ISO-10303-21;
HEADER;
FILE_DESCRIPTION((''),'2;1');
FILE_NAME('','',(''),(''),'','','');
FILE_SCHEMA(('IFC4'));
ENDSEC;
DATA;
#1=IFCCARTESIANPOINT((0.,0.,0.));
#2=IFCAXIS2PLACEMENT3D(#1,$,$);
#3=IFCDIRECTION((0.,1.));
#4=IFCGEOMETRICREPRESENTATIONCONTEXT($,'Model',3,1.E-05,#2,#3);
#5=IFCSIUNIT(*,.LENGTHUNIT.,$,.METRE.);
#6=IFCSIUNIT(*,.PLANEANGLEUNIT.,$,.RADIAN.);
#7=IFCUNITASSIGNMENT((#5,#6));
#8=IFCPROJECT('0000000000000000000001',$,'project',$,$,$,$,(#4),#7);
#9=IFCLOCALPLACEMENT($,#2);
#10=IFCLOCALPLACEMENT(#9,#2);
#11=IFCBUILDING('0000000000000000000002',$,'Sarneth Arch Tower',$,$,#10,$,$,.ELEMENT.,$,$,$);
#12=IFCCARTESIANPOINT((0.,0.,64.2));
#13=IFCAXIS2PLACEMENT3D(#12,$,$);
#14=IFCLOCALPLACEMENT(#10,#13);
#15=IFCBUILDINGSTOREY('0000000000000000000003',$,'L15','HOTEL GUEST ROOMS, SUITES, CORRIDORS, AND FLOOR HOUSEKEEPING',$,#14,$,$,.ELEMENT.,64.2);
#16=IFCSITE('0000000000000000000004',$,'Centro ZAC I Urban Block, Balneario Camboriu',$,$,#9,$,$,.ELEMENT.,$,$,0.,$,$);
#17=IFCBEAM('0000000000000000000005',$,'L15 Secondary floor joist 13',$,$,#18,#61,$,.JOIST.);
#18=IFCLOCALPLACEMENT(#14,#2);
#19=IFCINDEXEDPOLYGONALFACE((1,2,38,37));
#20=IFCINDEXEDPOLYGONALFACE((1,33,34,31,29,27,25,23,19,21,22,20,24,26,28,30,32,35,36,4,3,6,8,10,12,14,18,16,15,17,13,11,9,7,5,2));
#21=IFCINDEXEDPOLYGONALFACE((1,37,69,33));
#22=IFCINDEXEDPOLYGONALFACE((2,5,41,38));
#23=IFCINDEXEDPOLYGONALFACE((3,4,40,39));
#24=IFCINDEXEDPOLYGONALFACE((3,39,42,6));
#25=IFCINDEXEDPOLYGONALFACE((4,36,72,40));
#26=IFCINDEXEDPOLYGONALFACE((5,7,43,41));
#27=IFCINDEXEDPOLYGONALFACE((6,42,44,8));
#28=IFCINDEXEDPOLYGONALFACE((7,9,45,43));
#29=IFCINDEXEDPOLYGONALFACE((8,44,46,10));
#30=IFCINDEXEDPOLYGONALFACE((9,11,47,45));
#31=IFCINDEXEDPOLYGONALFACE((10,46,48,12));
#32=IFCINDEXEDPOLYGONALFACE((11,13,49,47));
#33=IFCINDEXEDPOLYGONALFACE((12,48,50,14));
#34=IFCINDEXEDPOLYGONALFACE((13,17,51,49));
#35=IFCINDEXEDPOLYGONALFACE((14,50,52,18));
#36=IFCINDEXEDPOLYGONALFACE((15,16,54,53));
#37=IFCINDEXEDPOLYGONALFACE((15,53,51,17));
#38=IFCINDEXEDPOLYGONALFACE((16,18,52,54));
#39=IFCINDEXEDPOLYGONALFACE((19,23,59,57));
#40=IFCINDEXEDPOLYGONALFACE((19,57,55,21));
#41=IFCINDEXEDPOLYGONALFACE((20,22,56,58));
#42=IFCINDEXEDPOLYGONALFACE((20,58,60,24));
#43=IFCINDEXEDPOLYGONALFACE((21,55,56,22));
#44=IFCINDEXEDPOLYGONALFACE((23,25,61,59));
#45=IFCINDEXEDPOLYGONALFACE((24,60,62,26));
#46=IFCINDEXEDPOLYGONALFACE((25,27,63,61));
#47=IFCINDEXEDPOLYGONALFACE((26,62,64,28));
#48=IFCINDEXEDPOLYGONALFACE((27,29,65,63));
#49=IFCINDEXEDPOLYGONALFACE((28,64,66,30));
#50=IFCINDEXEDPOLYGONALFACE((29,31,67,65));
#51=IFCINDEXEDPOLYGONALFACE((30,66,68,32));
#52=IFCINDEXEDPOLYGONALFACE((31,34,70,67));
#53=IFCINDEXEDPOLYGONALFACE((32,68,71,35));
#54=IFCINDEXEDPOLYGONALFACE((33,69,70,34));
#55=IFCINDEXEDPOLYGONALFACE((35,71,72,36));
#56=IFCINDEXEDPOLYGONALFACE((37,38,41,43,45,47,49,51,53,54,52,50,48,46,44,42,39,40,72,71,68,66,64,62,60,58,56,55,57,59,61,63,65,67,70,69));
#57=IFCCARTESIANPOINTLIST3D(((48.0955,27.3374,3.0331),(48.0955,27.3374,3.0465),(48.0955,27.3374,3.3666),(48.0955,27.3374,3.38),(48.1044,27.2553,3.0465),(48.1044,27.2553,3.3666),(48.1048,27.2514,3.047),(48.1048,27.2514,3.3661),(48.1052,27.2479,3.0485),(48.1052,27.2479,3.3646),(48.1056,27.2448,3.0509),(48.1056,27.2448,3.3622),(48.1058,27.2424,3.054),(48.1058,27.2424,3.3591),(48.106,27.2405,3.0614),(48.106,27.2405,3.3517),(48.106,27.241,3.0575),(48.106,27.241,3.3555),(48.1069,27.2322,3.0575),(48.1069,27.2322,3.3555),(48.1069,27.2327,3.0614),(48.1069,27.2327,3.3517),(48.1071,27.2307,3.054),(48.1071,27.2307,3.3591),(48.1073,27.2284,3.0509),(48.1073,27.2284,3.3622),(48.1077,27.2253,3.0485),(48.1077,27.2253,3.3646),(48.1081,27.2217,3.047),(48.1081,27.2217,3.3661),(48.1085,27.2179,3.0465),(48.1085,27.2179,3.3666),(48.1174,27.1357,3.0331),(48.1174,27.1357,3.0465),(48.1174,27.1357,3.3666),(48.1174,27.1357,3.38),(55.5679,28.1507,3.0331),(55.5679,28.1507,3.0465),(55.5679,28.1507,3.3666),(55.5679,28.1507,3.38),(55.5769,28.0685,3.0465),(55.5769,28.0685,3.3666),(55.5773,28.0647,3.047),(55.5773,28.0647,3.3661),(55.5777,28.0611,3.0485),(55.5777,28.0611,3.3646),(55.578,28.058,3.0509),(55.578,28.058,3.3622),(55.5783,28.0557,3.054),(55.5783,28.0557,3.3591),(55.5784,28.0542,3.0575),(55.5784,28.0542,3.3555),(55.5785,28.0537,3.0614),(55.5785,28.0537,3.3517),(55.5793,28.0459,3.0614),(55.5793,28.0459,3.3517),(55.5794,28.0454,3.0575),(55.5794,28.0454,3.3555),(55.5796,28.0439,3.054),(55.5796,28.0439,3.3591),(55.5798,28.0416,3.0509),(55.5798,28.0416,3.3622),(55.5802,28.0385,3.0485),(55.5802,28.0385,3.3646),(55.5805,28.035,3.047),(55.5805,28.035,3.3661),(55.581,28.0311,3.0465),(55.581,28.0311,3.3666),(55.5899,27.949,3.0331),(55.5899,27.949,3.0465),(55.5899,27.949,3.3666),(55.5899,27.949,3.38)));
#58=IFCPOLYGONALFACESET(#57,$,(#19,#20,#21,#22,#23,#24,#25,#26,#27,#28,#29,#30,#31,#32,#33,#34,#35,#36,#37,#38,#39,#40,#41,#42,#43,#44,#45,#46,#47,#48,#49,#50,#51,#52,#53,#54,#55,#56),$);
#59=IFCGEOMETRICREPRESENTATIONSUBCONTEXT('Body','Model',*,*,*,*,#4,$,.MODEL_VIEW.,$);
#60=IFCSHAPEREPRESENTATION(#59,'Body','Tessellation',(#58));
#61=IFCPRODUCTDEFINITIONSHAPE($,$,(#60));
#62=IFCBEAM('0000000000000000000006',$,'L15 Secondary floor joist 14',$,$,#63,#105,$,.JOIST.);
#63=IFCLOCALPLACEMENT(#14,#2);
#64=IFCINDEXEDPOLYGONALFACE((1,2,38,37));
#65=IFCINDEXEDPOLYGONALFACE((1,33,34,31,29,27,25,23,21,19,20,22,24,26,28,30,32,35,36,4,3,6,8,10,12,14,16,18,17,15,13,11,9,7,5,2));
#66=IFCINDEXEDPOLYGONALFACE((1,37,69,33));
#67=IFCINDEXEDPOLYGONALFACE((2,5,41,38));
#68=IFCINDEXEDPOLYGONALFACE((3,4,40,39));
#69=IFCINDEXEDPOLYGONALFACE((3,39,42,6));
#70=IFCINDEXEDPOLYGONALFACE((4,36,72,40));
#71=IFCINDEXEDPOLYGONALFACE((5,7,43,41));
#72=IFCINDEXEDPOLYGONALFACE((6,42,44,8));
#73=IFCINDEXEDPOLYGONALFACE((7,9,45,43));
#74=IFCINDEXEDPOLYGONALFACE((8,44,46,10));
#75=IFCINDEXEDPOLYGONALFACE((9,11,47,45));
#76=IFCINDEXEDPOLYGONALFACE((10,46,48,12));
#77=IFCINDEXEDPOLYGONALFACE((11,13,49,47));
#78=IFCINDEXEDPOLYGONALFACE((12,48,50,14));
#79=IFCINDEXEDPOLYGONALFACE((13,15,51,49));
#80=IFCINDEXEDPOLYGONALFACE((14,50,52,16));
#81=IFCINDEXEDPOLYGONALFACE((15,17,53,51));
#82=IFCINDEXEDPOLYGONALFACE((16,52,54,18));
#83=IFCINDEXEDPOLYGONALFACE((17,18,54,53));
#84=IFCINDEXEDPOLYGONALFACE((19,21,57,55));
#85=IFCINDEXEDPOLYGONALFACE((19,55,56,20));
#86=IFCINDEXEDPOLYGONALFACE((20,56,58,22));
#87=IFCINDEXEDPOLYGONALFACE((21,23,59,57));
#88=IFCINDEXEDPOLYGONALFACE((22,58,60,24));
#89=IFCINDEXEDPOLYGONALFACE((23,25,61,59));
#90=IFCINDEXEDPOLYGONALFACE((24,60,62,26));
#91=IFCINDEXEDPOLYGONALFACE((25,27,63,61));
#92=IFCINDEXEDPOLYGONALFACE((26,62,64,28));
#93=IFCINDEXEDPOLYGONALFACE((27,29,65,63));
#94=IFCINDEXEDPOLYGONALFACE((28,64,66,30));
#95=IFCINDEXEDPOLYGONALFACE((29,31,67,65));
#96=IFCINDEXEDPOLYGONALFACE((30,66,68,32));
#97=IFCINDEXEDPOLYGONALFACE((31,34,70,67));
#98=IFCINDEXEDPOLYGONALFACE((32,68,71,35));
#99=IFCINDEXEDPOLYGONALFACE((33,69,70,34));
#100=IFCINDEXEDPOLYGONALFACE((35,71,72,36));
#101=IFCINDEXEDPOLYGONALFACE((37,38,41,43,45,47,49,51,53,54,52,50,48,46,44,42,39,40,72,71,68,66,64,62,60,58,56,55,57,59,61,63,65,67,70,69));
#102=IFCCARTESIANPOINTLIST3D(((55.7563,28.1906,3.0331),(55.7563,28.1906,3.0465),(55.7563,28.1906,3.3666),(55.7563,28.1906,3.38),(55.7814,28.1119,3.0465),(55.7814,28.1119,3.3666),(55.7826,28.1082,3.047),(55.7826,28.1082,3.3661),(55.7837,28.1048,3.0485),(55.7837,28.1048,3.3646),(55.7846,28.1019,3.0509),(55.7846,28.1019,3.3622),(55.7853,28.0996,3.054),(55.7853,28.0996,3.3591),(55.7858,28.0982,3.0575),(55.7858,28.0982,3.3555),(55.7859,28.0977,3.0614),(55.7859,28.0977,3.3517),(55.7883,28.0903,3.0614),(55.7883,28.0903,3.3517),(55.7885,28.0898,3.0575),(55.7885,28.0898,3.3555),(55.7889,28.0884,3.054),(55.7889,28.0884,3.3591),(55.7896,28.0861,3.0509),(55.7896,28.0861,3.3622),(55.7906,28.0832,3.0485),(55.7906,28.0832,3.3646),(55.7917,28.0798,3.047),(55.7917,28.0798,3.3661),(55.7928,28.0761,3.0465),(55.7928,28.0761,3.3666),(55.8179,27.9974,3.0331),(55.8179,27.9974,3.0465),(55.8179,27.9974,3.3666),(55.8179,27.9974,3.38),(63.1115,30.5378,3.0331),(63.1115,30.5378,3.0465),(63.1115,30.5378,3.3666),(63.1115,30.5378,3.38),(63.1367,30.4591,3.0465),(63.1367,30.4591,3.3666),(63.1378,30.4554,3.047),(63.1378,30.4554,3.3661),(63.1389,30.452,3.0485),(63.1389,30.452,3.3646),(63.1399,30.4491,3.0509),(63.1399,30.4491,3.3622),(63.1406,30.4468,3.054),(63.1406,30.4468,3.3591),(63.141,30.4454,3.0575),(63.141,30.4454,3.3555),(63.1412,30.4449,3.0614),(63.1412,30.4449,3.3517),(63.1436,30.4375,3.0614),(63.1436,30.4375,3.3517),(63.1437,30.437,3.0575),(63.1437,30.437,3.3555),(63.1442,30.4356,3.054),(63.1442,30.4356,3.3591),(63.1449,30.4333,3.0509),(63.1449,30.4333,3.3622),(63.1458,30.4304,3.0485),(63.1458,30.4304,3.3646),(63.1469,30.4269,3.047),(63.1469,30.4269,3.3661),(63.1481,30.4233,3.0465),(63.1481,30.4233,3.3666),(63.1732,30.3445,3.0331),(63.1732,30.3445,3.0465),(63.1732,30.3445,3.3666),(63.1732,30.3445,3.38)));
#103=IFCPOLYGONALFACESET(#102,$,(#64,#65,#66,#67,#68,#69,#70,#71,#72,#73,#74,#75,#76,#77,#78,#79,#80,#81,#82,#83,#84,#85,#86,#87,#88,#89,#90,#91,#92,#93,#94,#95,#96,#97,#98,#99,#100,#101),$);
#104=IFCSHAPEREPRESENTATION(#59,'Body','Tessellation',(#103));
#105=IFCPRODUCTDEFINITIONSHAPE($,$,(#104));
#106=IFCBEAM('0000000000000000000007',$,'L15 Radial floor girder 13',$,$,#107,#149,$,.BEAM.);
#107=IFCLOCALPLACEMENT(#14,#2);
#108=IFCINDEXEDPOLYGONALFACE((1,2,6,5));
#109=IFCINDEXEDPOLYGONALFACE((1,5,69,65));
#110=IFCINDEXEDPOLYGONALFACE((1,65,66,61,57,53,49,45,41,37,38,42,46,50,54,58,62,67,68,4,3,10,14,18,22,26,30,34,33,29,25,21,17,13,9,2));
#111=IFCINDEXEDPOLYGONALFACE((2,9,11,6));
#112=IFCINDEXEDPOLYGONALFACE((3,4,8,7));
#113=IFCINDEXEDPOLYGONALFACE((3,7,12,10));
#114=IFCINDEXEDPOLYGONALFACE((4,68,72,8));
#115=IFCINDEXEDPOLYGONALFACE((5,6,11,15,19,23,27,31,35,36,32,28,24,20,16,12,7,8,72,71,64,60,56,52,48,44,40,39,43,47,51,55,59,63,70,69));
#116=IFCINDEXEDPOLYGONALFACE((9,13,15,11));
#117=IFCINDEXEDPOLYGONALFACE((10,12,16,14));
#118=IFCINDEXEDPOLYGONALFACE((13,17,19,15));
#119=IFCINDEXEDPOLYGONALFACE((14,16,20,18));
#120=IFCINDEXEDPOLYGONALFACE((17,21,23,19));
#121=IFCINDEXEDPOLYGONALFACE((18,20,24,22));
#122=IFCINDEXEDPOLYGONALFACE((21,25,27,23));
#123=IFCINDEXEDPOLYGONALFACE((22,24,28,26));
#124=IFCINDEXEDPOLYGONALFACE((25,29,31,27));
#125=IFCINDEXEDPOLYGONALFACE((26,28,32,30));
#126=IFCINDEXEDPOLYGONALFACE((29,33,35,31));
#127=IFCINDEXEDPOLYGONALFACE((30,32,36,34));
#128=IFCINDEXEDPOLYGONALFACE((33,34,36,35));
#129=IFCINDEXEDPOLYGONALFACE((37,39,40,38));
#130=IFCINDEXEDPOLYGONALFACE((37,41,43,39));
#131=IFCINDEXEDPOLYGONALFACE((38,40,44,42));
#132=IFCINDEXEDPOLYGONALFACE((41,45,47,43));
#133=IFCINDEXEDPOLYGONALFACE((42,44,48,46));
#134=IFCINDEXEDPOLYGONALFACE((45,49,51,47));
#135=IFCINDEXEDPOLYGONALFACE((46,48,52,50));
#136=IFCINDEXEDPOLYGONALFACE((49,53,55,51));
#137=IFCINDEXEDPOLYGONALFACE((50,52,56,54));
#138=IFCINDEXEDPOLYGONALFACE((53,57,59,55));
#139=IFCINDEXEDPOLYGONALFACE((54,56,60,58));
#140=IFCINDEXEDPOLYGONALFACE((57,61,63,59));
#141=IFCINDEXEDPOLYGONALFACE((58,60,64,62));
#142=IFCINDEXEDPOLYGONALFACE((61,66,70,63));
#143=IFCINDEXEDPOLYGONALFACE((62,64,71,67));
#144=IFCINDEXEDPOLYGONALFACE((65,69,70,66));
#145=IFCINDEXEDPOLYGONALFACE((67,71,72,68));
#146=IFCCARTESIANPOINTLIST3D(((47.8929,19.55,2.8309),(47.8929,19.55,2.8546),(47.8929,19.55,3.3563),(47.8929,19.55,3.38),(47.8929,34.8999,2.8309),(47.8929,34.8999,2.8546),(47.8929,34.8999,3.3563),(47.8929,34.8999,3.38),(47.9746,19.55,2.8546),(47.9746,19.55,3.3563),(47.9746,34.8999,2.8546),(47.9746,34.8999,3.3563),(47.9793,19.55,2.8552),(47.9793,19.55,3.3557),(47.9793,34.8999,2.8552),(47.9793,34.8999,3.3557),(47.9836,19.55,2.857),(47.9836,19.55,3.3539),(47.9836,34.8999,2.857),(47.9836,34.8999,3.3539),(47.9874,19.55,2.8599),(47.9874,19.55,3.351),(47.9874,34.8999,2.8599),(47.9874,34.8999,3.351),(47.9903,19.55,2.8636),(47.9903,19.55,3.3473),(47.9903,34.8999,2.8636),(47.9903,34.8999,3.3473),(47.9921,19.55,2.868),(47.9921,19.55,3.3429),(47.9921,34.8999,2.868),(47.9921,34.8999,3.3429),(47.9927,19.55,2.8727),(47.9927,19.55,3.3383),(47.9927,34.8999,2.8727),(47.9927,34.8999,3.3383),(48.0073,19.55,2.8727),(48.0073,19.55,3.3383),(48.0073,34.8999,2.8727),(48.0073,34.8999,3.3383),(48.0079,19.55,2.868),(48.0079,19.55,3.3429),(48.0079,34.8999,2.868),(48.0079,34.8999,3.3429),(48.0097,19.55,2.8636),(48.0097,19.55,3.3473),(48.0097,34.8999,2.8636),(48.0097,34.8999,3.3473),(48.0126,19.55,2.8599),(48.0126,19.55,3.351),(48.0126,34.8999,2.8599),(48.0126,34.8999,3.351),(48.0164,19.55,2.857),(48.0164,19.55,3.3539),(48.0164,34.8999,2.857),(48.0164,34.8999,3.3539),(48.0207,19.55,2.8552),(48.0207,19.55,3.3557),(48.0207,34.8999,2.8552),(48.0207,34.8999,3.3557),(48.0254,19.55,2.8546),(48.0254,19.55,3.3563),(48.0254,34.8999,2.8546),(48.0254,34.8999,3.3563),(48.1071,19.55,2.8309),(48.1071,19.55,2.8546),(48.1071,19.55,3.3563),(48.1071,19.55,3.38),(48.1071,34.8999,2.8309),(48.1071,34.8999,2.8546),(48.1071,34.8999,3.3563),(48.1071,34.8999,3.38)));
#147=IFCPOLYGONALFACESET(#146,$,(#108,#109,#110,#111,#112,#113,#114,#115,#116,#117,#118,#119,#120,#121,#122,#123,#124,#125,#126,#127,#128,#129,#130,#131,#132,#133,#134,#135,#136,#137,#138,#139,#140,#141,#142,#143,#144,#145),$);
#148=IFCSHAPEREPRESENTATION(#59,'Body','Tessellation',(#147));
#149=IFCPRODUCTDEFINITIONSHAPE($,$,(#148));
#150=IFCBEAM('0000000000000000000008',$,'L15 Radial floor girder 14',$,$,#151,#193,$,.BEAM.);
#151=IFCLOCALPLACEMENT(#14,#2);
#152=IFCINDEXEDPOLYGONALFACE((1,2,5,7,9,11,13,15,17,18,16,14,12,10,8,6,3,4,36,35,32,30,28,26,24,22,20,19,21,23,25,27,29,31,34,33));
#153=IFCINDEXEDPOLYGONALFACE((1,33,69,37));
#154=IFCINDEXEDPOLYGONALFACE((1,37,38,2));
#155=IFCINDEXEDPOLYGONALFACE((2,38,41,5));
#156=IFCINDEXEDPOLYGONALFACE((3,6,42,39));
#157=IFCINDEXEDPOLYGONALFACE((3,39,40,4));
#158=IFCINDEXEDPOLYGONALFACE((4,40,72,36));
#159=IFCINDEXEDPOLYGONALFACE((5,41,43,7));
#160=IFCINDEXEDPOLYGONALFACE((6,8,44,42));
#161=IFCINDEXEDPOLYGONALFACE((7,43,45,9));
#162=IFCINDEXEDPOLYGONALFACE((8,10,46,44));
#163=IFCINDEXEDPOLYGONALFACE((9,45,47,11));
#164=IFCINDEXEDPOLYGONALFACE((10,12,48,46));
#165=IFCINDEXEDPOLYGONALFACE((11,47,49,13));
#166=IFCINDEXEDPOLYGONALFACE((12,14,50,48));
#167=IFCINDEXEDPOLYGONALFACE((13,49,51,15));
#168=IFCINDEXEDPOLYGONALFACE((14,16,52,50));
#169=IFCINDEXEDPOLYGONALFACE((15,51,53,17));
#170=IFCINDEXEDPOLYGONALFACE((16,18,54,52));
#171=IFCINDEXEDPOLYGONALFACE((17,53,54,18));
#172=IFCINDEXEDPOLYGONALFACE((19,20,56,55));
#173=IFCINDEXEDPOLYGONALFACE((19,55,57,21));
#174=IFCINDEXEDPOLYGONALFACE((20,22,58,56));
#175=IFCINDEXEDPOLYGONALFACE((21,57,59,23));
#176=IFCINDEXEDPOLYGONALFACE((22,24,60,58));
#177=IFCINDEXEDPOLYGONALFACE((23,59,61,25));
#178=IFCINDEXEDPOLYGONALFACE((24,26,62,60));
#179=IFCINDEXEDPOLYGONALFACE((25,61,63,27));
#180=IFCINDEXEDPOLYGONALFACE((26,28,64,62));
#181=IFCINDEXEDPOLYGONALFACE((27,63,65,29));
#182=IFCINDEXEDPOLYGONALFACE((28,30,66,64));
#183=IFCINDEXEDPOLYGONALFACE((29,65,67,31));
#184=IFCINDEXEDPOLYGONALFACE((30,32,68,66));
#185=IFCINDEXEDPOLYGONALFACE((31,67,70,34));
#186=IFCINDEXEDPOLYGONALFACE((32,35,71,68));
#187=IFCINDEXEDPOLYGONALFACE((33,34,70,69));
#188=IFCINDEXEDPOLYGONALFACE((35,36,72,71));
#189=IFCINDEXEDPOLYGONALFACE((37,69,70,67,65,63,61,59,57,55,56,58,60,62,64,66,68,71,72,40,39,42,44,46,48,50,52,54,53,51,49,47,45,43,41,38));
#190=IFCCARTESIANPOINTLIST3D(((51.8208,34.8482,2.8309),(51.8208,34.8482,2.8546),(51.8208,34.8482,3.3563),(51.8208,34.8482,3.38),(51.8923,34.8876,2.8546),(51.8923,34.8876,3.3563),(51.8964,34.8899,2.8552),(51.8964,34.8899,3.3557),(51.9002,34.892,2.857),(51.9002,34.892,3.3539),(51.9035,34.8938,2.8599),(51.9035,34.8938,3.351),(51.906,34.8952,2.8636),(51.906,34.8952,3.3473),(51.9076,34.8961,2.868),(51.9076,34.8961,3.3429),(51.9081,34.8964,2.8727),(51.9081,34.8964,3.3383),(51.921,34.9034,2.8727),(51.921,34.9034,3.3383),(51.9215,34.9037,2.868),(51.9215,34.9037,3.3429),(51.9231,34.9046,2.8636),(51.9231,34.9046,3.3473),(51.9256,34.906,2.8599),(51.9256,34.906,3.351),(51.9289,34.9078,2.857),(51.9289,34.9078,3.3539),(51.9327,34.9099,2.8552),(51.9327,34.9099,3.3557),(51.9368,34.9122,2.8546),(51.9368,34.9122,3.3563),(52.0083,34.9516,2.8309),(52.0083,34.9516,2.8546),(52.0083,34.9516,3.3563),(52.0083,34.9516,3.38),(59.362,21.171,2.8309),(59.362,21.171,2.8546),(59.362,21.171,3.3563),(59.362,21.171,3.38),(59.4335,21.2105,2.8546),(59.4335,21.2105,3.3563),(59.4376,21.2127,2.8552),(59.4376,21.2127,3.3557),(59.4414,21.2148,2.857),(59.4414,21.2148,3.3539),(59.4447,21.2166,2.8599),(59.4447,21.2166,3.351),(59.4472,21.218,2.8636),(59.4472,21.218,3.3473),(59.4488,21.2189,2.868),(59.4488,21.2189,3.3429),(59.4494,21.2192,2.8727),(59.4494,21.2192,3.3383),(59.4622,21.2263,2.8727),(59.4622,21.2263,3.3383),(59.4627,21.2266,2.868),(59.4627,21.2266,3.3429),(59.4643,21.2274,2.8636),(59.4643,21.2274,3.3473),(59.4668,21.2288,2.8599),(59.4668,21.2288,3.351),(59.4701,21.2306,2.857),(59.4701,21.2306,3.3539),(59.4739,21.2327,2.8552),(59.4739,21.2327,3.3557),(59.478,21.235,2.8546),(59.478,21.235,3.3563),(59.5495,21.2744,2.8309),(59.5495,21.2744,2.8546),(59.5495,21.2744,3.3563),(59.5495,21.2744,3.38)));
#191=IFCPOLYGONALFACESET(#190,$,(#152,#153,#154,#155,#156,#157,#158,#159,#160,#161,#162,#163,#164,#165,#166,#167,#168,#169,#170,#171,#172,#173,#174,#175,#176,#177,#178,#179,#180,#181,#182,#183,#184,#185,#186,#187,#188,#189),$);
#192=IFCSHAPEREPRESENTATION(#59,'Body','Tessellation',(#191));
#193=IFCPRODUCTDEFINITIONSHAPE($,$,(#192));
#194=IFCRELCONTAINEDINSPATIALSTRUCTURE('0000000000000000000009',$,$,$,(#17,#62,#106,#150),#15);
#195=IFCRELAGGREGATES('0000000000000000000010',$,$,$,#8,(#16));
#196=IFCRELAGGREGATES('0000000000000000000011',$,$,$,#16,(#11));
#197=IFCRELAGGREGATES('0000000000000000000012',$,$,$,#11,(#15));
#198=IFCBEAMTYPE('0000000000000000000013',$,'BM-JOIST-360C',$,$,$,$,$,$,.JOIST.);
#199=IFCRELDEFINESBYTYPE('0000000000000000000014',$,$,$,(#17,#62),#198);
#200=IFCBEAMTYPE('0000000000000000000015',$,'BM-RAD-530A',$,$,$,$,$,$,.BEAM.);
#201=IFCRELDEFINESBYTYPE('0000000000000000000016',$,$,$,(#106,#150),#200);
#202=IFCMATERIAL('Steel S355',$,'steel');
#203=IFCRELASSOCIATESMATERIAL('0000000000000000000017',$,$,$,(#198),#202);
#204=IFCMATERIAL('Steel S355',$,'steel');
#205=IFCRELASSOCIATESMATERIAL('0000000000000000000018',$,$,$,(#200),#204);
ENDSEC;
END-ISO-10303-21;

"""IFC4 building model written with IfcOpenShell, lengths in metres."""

from ifc_helpers import new_model, si_unit, direction, frame, origin, origin_2d, place, context, subcontext, project, spatial, i_section, extrude, material, material_profile, profile_set, type_object, element, save


model = new_model("IFC4")

# Units and contexts
model_context = context("Model", 3, precision=1e-05, world=origin(), true_north=direction((0.0, 1.0)))
body_context = subcontext(model_context, "Body", "Model", "MODEL_VIEW")
ifc_project = project(units=[si_unit("LENGTHUNIT", "METRE"), si_unit("PLANEANGLEUNIT", "RADIAN")], contexts=[model_context])

# Site, building, storey
site_placement = place(None, origin())
site = spatial("IfcSite", under=ifc_project, at=site_placement, Name="Centro ZAC I Urban Block, Balneario Camboriu", CompositionType="ELEMENT", RefElevation=0.0)
building_placement = place(site_placement, origin())
building = spatial("IfcBuilding", under=site, at=building_placement, Name="Sarneth Arch Tower", CompositionType="ELEMENT")
storey_placement = place(building_placement, frame((0.0, 0.0, 64.2)))
storey = spatial("IfcBuildingStorey", under=building, at=storey_placement, Name="L15", Description="HOTEL GUEST ROOMS, SUITES, CORRIDORS, AND FLOOR HOUSEKEEPING", CompositionType="ELEMENT", Elevation=64.2)

# Beams
ifc_material_1 = material(Name="Steel S355", Category="steel")
ifc_material_profile_1 = material_profile(ifc_material_1, i_section(OverallWidth=0.2029, OverallDepth=0.3469, WebThickness=0.0078, FlangeThickness=0.0134, FilletRadius=0.0149, at=origin_2d()), Name="W360x64")
ifc_profile_set_1 = profile_set([ifc_material_profile_1], Name="Steel S355")
beam_type_1 = type_object("IfcBeamType", Name="BM-JOIST-360C", PredefinedType="JOIST", material=ifc_profile_set_1)
beam_1_placement = place(storey_placement, frame((48.1064, 27.2366, 3.2065), z_axis=(0.99413, 0.108192, 0.0), x_axis=(-0.108192, 0.99413, 0.0)))
element("IfcBeam", 1, at=beam_1_placement, inside=storey, type_object=beam_type_1, Name="L15 Secondary floor joist 13", PredefinedType="JOIST", context=body_context, shape_type="SweptSolid", body=[
    extrude(i_section(OverallWidth=0.2029, OverallDepth=0.3469, WebThickness=0.0078, FlangeThickness=0.0134, FilletRadius=0.0149, at=origin_2d()), origin(), (0.0, 0.0, 1.0), 7.5166),
])
beam_2_placement = place(storey_placement, frame((55.7871, 28.094, 3.2065), z_axis=(0.952668, 0.304011, 0.0), x_axis=(-0.304011, 0.952668, 0.0)))
element("IfcBeam", 2, at=beam_2_placement, inside=storey, type_object=beam_type_1, Name="L15 Secondary floor joist 14", PredefinedType="JOIST", context=body_context, shape_type="SweptSolid", body=[
    extrude(i_section(OverallWidth=0.2029, OverallDepth=0.3469, WebThickness=0.0078, FlangeThickness=0.0134, FilletRadius=0.0149, at=origin_2d()), origin(), (0.0, 0.0, 1.0), 7.7207),
])
ifc_material_2 = material(Name="Steel S355", Category="steel")
ifc_material_profile_2 = material_profile(ifc_material_2, i_section(OverallWidth=0.2141, OverallDepth=0.5491, WebThickness=0.0146, FlangeThickness=0.0237, FilletRadius=0.0181, at=origin_2d()), Name="W530x138")
ifc_profile_set_2 = profile_set([ifc_material_profile_2], Name="Steel S355")
beam_type_2 = type_object("IfcBeamType", Name="BM-RAD-530A", PredefinedType="BEAM", material=ifc_profile_set_2)
beam_3_placement = place(storey_placement, frame((48.0, 34.8999, 3.1055), z_axis=(0.0, -1.0, 0.0), x_axis=(1.0, 0.0, 0.0)))
element("IfcBeam", 3, at=beam_3_placement, inside=storey, type_object=beam_type_2, Name="L15 Radial floor girder 13", PredefinedType="BEAM", context=body_context, shape_type="SweptSolid", body=[
    extrude(i_section(OverallWidth=0.2141, OverallDepth=0.5491, WebThickness=0.0146, FlangeThickness=0.0237, FilletRadius=0.0181, at=origin_2d()), origin(), (0.0, 0.0, 1.0), 15.3499),
])
beam_4_placement = place(storey_placement, frame((51.9146, 34.8999, 3.1055), z_axis=(0.482841, -0.875708, 0.0), x_axis=(0.875708, 0.482841, 0.0)))
element("IfcBeam", 4, at=beam_4_placement, inside=storey, type_object=beam_type_2, Name="L15 Radial floor girder 14", PredefinedType="BEAM", context=body_context, shape_type="SweptSolid", body=[
    extrude(i_section(OverallWidth=0.2141, OverallDepth=0.5491, WebThickness=0.0146, FlangeThickness=0.0237, FilletRadius=0.0181, at=origin_2d()), origin(), (0.0, 0.0, 1.0), 15.6184),
])

save(model, "model.ifc")
